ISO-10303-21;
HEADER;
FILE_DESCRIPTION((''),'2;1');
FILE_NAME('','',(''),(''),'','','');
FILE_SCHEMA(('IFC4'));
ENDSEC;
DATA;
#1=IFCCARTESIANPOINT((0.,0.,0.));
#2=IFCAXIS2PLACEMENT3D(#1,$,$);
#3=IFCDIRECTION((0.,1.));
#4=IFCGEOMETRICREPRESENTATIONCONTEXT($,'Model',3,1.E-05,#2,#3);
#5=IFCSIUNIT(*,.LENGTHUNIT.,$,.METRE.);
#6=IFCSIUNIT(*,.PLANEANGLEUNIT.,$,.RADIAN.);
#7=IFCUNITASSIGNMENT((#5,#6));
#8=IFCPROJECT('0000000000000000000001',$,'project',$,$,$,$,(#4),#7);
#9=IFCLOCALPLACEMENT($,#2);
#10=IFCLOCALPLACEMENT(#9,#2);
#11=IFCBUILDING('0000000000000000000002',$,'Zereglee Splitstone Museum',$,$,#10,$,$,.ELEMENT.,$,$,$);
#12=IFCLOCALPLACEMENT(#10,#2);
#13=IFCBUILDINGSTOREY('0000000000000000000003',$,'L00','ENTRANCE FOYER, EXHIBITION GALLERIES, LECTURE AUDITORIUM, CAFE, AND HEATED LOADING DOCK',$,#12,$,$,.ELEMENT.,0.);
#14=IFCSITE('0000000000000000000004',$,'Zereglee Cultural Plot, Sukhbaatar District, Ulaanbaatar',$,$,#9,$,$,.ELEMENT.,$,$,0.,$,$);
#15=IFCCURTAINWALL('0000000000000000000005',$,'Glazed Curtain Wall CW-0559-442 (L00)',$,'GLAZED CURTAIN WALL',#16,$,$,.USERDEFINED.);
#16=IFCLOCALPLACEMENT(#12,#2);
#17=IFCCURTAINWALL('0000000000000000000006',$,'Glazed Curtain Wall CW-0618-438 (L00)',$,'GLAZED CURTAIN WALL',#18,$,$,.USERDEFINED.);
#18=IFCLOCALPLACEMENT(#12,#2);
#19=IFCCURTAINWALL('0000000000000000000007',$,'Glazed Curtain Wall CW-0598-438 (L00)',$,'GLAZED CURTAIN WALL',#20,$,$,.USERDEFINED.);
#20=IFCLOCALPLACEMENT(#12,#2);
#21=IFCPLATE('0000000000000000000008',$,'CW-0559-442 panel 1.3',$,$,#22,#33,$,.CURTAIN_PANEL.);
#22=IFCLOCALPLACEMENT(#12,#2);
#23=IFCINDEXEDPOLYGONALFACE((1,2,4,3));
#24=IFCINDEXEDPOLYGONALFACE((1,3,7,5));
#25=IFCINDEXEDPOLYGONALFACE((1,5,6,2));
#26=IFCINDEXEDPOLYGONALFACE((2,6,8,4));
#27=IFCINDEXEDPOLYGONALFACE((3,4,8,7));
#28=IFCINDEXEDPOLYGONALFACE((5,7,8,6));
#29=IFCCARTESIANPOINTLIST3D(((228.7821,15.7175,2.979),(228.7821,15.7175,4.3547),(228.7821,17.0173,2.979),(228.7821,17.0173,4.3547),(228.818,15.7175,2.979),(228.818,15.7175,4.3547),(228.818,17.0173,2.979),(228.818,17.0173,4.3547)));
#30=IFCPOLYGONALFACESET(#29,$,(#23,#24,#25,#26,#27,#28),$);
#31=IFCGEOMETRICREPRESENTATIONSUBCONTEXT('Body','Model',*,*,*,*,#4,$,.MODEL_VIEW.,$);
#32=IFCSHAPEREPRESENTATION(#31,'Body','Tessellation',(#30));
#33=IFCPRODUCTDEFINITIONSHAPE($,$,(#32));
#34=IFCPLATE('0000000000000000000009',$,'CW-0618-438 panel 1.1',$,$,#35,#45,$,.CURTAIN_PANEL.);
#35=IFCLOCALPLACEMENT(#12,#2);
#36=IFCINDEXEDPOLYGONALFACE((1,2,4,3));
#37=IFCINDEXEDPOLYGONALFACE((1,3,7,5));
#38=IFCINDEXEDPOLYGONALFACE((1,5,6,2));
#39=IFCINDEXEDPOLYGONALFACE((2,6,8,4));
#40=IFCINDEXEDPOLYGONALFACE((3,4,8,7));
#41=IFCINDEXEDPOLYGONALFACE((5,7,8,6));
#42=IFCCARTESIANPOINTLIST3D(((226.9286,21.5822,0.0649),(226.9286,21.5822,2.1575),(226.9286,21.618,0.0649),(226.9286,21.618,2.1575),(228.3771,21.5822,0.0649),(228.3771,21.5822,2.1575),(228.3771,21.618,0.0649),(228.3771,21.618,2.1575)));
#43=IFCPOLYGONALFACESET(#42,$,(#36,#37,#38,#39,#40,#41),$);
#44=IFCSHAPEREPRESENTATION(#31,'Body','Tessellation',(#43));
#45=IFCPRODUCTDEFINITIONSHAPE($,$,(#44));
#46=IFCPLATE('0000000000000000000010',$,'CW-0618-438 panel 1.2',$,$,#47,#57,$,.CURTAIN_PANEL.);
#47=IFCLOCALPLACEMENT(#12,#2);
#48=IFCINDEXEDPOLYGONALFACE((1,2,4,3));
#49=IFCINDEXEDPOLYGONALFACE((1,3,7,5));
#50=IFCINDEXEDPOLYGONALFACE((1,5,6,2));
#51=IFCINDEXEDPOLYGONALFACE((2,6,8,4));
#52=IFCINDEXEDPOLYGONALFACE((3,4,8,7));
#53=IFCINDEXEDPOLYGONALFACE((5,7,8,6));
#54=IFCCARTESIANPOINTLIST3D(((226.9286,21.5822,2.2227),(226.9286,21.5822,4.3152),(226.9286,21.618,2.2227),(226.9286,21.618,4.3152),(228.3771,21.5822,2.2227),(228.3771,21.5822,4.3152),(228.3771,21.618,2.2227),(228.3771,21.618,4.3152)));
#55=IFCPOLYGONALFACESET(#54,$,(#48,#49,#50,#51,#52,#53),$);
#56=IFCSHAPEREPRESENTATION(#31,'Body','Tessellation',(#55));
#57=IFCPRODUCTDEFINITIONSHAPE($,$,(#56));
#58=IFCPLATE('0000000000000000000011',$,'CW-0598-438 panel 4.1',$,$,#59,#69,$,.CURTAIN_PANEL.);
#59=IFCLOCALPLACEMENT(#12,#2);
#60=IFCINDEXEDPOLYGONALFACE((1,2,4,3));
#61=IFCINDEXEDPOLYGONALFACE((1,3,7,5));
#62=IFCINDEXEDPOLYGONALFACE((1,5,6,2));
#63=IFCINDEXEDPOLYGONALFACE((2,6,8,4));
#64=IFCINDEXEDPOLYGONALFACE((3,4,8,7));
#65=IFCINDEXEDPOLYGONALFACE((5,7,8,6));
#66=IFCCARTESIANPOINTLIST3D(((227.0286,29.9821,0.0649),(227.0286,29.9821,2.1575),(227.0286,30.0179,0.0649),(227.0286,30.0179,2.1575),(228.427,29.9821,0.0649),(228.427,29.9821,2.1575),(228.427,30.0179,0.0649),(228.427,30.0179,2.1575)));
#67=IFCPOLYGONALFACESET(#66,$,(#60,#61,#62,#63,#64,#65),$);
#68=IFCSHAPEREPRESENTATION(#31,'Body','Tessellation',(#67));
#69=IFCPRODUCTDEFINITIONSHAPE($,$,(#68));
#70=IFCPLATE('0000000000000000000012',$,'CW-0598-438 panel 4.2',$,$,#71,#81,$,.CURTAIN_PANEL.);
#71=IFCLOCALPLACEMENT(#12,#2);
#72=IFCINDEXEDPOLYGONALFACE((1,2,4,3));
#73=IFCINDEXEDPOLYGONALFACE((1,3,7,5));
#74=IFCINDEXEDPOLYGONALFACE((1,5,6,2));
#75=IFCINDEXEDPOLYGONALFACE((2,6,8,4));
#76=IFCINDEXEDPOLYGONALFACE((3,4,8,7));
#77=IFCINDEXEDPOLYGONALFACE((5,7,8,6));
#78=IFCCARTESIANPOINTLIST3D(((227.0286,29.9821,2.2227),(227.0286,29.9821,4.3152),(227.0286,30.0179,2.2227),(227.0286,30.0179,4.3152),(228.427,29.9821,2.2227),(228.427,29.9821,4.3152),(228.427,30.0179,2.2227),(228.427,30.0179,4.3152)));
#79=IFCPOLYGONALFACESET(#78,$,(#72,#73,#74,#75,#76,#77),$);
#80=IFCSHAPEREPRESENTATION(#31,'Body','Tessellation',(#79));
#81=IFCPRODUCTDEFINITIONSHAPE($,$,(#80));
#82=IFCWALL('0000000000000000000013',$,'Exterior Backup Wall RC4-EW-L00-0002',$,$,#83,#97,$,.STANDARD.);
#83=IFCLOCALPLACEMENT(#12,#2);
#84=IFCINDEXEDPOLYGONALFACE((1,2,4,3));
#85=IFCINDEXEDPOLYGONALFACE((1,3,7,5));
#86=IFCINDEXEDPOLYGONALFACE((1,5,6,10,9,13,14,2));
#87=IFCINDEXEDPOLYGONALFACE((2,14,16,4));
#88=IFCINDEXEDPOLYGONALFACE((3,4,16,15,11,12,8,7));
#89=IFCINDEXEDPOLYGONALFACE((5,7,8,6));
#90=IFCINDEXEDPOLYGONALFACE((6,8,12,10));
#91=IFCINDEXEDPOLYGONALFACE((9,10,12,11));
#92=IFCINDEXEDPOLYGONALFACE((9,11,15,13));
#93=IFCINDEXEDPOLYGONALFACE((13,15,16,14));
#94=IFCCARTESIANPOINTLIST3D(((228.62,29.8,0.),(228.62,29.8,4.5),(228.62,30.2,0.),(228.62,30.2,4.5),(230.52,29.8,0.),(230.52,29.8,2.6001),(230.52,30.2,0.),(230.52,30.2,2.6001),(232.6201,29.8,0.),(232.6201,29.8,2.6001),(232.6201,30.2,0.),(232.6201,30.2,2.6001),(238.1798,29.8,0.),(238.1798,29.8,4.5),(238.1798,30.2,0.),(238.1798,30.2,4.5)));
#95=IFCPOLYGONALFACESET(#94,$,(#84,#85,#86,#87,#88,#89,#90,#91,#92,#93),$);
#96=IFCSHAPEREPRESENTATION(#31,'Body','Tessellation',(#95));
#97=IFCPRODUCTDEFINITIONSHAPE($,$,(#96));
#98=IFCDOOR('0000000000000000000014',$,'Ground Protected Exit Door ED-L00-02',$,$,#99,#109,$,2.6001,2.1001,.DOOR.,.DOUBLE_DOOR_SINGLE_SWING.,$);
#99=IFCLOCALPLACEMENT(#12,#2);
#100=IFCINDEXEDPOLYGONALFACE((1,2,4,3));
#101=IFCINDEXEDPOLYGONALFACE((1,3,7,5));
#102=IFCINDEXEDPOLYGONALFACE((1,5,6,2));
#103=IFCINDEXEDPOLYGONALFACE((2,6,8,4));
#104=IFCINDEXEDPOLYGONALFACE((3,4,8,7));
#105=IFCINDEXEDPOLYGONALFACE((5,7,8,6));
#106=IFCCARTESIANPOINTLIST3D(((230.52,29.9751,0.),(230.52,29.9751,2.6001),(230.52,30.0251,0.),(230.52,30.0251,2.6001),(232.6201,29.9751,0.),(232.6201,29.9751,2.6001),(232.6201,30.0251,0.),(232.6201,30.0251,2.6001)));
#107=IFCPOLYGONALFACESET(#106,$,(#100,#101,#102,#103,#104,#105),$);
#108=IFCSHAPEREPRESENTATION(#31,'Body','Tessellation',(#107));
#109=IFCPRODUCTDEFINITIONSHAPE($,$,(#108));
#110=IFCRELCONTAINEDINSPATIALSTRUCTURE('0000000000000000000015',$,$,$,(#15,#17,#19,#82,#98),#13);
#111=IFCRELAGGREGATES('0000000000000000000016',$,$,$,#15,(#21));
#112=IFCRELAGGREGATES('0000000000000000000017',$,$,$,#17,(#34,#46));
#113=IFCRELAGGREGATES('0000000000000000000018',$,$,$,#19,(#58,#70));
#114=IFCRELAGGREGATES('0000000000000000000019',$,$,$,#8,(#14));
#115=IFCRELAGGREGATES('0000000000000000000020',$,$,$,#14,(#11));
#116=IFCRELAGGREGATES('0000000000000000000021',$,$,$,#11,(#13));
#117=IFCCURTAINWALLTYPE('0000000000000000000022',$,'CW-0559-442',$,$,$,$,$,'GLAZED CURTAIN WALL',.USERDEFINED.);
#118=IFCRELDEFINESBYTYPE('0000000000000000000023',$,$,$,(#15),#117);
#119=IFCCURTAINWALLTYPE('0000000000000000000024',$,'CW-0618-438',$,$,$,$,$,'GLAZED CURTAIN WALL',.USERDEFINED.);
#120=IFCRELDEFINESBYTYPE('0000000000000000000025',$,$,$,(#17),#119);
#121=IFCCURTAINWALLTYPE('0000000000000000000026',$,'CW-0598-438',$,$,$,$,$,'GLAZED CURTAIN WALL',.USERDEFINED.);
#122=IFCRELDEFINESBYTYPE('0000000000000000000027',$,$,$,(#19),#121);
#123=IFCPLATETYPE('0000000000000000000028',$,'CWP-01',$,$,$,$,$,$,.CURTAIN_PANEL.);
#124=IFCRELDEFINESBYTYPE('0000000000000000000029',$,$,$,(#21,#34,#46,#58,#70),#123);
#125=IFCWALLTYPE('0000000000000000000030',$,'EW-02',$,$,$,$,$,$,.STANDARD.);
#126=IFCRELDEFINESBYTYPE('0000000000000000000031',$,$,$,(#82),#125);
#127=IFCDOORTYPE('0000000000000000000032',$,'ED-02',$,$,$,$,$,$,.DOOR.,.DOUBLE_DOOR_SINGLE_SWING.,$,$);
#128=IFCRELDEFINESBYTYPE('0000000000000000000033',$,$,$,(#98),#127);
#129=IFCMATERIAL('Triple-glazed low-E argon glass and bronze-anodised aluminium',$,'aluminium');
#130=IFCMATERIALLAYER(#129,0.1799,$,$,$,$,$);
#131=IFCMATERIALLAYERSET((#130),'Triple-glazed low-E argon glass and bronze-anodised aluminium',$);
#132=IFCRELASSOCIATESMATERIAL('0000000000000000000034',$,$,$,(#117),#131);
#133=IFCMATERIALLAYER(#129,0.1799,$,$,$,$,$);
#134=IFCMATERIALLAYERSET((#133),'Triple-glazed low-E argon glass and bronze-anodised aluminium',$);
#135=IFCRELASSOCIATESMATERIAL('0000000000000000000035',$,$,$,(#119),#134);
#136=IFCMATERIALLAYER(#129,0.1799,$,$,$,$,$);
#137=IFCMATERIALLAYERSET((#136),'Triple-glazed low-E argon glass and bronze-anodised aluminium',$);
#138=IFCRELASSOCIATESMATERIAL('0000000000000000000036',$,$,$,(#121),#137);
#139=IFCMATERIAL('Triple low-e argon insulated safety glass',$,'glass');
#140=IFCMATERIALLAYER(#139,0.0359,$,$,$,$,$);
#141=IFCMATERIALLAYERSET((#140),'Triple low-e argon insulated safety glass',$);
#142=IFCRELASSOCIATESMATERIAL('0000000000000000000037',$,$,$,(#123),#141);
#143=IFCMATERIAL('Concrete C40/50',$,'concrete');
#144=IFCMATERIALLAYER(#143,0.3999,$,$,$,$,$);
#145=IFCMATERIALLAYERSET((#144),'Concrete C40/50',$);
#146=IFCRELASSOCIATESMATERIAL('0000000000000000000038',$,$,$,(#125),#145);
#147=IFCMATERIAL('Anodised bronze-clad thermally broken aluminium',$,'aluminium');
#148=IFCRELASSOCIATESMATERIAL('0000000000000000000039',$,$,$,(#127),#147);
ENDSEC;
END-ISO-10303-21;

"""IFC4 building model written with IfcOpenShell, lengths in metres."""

from ifc_helpers import new_model, si_unit, direction, frame, frame_2d, origin, origin_2d, place, context, subcontext, project, spatial, rectangle, extrude, material, layer, layer_set, type_object, element, fill, aggregate, save


model = new_model("IFC4")

# Units and contexts
model_context = context("Model", 3, precision=1e-05, world=origin(), true_north=direction((0.0, 1.0)))
body_context = subcontext(model_context, "Body", "Model", "MODEL_VIEW")
ifc_project = project(units=[si_unit("LENGTHUNIT", "METRE"), si_unit("PLANEANGLEUNIT", "RADIAN")], contexts=[model_context])

# Site, building, storey
site_placement = place(None, origin())
site = spatial("IfcSite", under=ifc_project, at=site_placement, Name="Zereglee Cultural Plot, Sukhbaatar District, Ulaanbaatar", CompositionType="ELEMENT", RefElevation=0.0)
building_placement = place(site_placement, origin())
building = spatial("IfcBuilding", under=site, at=building_placement, Name="Zereglee Splitstone Museum", CompositionType="ELEMENT")
storey_placement = place(building_placement, origin())
storey = spatial("IfcBuildingStorey", under=building, at=storey_placement, Name="L00", Description="ENTRANCE FOYER, EXHIBITION GALLERIES, LECTURE AUDITORIUM, CAFE, AND HEATED LOADING DOCK", CompositionType="ELEMENT", Elevation=0.0)

# Curtain wall
ifc_material_1 = material(Name="Triple-glazed low-E argon glass and bronze-anodised aluminium", Category="aluminium")
ifc_layer_1 = layer(ifc_material_1, 0.1799)
ifc_layer_set_1 = layer_set([ifc_layer_1], Name="Triple-glazed low-E argon glass and bronze-anodised aluminium")
curtain_wall_type_1 = type_object("IfcCurtainWallType", Name="CW-0559-442", ElementType="GLAZED CURTAIN WALL", PredefinedType="USERDEFINED", material=ifc_layer_set_1)
curtain_wall_1_placement = place(storey_placement, origin())
curtain_wall_1 = element("IfcCurtainWall", 1, at=curtain_wall_1_placement, inside=storey, type_object=curtain_wall_type_1, Name="Glazed Curtain Wall CW-0559-442 (L00)", ObjectType="GLAZED CURTAIN WALL", PredefinedType="USERDEFINED")

# Curtain walls
ifc_layer_2 = layer(ifc_material_1, 0.1799)
ifc_layer_set_2 = layer_set([ifc_layer_2], Name="Triple-glazed low-E argon glass and bronze-anodised aluminium")
curtain_wall_type_2 = type_object("IfcCurtainWallType", Name="CW-0618-438", ElementType="GLAZED CURTAIN WALL", PredefinedType="USERDEFINED", material=ifc_layer_set_2)
curtain_wall_2_placement = place(storey_placement, origin())
curtain_wall_2 = element("IfcCurtainWall", 2, at=curtain_wall_2_placement, inside=storey, type_object=curtain_wall_type_2, Name="Glazed Curtain Wall CW-0618-438 (L00)", ObjectType="GLAZED CURTAIN WALL", PredefinedType="USERDEFINED")
ifc_layer_3 = layer(ifc_material_1, 0.1799)
ifc_layer_set_3 = layer_set([ifc_layer_3], Name="Triple-glazed low-E argon glass and bronze-anodised aluminium")
curtain_wall_type_3 = type_object("IfcCurtainWallType", Name="CW-0598-438", ElementType="GLAZED CURTAIN WALL", PredefinedType="USERDEFINED", material=ifc_layer_set_3)
curtain_wall_3_placement = place(storey_placement, origin())
curtain_wall_3 = element("IfcCurtainWall", 3, at=curtain_wall_3_placement, inside=storey, type_object=curtain_wall_type_3, Name="Glazed Curtain Wall CW-0598-438 (L00)", ObjectType="GLAZED CURTAIN WALL", PredefinedType="USERDEFINED")

# Plates
ifc_material_2 = material(Name="Triple low-e argon insulated safety glass", Category="glass")
ifc_layer_4 = layer(ifc_material_2, 0.0359)
ifc_layer_set_4 = layer_set([ifc_layer_4], Name="Triple low-e argon insulated safety glass")
plate_type = type_object("IfcPlateType", Name="CWP-01", PredefinedType="CURTAIN_PANEL", material=ifc_layer_set_4)
plate_1_placement = place(storey_placement, frame((228.8, 16.3674, 2.979), z_axis=(0.0, 0.0, 1.0), x_axis=(0.0, 1.0, 0.0)))
plate_1 = element("IfcPlate", 4, at=plate_1_placement, type_object=plate_type, Name="CW-0559-442 panel 1.3", PredefinedType="CURTAIN_PANEL", context=body_context, shape_type="SweptSolid", body=[
    extrude(rectangle(XDim=1.2998, YDim=0.0359, at=origin_2d()), origin(), (0.0, 0.0, 1.0), 1.3757),
])
aggregate(curtain_wall_1, [plate_1])
plate_2_placement = place(storey_placement, frame((227.6528, 21.6001, 0.0649), z_axis=(0.0, 0.0, 1.0), x_axis=(-1.0, 0.0, 0.0)))
plate_2 = element("IfcPlate", 5, at=plate_2_placement, type_object=plate_type, Name="CW-0618-438 panel 1.1", PredefinedType="CURTAIN_PANEL", context=body_context, shape_type="SweptSolid", body=[
    extrude(rectangle(XDim=1.4485, YDim=0.0359, at=origin_2d()), origin(), (0.0, 0.0, 1.0), 2.0925),
])
plate_3_placement = place(storey_placement, frame((227.6528, 21.6001, 2.2227), z_axis=(0.0, 0.0, 1.0), x_axis=(-1.0, 0.0, 0.0)))
plate_3 = element("IfcPlate", 6, at=plate_3_placement, type_object=plate_type, Name="CW-0618-438 panel 1.2", PredefinedType="CURTAIN_PANEL", context=body_context, shape_type="SweptSolid", body=[
    extrude(rectangle(XDim=1.4485, YDim=0.0359, at=origin_2d()), origin(), (0.0, 0.0, 1.0), 2.0925),
])
aggregate(curtain_wall_2, [plate_2, plate_3])
plate_4_placement = place(storey_placement, frame((227.7278, 30.0, 0.0649), z_axis=(0.0, 0.0, 1.0), x_axis=(1.0, 0.0, 0.0)))
plate_4 = element("IfcPlate", 7, at=plate_4_placement, type_object=plate_type, Name="CW-0598-438 panel 4.1", PredefinedType="CURTAIN_PANEL", context=body_context, shape_type="SweptSolid", body=[
    extrude(rectangle(XDim=1.3984, YDim=0.0359, at=origin_2d()), origin(), (0.0, 0.0, 1.0), 2.0925),
])
plate_5_placement = place(storey_placement, frame((227.7278, 30.0, 2.2227), z_axis=(0.0, 0.0, 1.0), x_axis=(1.0, 0.0, 0.0)))
plate_5 = element("IfcPlate", 8, at=plate_5_placement, type_object=plate_type, Name="CW-0598-438 panel 4.2", PredefinedType="CURTAIN_PANEL", context=body_context, shape_type="SweptSolid", body=[
    extrude(rectangle(XDim=1.3984, YDim=0.0359, at=origin_2d()), origin(), (0.0, 0.0, 1.0), 2.0925),
])
aggregate(curtain_wall_3, [plate_4, plate_5])

# Wall, opening, door
ifc_material_3 = material(Name="Concrete C40/50", Category="concrete")
ifc_layer_5 = layer(ifc_material_3, 0.3999)
ifc_layer_set_5 = layer_set([ifc_layer_5], Name="Concrete C40/50")
wall_type = type_object("IfcWallType", Name="EW-02", PredefinedType="STANDARD", material=ifc_layer_set_5)
wall_placement = place(storey_placement, frame((228.6201, 30.0, 0.0), z_axis=(0.0, 0.0, 1.0), x_axis=(1.0, 0.0, 0.0)))
wall = element("IfcWall", 9, at=wall_placement, inside=storey, type_object=wall_type, Name="Exterior Backup Wall RC4-EW-L00-0002", PredefinedType="STANDARD", context=body_context, shape_type="SweptSolid", body=[
    extrude(rectangle(XDim=9.5598, YDim=0.3999, at=frame_2d((4.7798, 0.0))), origin(), (0.0, 0.0, 1.0), 4.5),
])
opening_placement = place(wall_placement, frame((1.8999, 0.0, 0.0)))
opening = element("IfcOpeningElement", 10, at=opening_placement, cuts=wall, PredefinedType="OPENING", context=body_context, shape_type="SweptSolid", body=[
    extrude(rectangle(XDim=2.1001, YDim=2.6001, at=frame_2d((1.05, 1.3))), frame((0.0, 0.2148, 0.0), z_axis=(0.0, -1.0, 0.0), x_axis=(1.0, 0.0, 0.0)), (0.0, 0.0, 1.0), 0.4297),
])
ifc_material_4 = material(Name="Anodised bronze-clad thermally broken aluminium", Category="aluminium")
door_type = type_object("IfcDoorType", Name="ED-02", OperationType="DOUBLE_DOOR_SINGLE_SWING", PredefinedType="DOOR", material=ifc_material_4)
door_placement = place(opening_placement, frame((2.1001, 0.0, 0.0), z_axis=(0.0, 0.0, 1.0), x_axis=(-1.0, 0.0, 0.0)))
door = element("IfcDoor", 11, at=door_placement, inside=storey, type_object=door_type, Name="Ground Protected Exit Door ED-L00-02", OperationType="DOUBLE_DOOR_SINGLE_SWING", OverallHeight=2.6001, OverallWidth=2.1001, PredefinedType="DOOR", context=body_context, shape_type="SweptSolid", body=[
    extrude(rectangle(XDim=2.1001, YDim=2.6001, at=frame_2d((1.05, 1.3))), frame((0.0, 0.0249, 0.0), z_axis=(0.0, -1.0, 0.0), x_axis=(1.0, 0.0, 0.0)), (0.0, 0.0, 1.0), 0.05),
])
fill(opening, door)

save(model, "model.ifc")
